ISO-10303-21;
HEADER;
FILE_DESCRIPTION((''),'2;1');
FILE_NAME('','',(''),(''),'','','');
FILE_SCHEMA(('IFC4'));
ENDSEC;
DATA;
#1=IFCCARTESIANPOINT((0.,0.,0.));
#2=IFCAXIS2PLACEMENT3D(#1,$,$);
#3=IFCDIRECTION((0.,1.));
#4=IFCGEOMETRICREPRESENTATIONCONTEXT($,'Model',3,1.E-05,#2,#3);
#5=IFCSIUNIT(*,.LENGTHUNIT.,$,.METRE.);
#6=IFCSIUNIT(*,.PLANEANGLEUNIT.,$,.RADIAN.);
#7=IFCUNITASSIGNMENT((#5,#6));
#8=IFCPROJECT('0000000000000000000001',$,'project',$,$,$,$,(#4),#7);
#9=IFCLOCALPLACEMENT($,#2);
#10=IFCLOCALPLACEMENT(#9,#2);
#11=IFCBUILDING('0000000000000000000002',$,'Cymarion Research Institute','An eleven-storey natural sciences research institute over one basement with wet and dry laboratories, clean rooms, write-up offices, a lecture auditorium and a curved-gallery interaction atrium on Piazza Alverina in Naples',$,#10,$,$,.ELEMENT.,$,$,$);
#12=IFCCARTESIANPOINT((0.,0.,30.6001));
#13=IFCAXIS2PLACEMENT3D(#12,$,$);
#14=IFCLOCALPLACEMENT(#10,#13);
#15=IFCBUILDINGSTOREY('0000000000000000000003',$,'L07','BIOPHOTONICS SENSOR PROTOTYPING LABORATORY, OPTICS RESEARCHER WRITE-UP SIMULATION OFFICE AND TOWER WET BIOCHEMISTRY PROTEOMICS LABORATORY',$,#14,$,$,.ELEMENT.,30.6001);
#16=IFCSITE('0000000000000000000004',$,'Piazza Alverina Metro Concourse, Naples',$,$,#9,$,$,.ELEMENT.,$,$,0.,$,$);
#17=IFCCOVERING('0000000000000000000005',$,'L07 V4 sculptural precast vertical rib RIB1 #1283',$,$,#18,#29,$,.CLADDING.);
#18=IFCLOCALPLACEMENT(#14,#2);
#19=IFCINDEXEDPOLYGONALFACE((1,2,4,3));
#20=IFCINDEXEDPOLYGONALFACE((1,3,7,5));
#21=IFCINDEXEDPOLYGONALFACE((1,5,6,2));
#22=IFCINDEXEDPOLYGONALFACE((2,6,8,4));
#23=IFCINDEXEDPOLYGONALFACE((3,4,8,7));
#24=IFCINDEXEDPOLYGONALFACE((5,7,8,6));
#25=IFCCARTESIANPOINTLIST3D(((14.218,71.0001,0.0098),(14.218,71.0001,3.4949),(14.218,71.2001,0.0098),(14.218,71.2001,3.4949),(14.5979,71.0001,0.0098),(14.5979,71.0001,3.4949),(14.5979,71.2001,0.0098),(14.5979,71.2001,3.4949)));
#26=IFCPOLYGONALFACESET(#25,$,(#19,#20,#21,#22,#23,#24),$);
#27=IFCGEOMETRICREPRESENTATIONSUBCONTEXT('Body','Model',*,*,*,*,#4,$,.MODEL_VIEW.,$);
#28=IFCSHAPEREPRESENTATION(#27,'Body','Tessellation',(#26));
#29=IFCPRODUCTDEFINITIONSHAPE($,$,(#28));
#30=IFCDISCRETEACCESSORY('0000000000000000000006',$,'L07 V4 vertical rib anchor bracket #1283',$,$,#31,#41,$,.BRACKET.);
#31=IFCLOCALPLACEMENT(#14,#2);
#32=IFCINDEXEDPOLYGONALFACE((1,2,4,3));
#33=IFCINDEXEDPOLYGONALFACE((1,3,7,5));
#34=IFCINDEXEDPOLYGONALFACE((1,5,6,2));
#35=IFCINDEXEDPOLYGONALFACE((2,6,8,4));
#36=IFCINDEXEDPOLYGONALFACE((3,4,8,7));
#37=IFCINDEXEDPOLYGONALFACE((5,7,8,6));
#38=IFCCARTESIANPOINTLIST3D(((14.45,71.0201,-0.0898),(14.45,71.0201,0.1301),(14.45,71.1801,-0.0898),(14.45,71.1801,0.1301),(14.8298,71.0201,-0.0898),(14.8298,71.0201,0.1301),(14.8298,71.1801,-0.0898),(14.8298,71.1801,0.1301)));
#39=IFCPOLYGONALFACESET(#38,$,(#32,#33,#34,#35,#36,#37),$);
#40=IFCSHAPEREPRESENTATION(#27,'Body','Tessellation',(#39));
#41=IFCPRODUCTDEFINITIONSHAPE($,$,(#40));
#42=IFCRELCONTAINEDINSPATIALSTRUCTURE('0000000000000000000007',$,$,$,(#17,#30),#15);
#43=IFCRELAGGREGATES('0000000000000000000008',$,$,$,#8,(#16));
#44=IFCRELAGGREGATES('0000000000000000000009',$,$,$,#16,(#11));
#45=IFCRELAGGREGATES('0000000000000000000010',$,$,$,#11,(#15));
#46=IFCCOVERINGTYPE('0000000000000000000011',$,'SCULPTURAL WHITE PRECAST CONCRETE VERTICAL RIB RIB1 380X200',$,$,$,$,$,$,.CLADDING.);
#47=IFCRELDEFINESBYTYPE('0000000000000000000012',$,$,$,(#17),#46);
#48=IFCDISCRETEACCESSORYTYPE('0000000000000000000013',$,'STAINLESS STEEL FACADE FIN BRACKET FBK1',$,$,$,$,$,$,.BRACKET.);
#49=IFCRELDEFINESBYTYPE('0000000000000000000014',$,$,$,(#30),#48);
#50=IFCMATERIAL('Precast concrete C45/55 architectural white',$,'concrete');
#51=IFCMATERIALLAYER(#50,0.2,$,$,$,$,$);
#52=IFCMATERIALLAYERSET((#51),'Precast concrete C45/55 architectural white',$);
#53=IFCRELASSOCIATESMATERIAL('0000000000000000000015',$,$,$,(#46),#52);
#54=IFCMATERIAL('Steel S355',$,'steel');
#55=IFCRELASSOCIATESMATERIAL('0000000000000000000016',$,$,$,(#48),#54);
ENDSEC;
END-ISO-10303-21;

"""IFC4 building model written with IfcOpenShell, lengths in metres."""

from ifc_helpers import new_model, si_unit, direction, frame, origin, origin_2d, place, context, subcontext, project, spatial, rectangle, extrude, material, layer, layer_set, type_object, element, save


model = new_model("IFC4")

# Units and contexts
model_context = context("Model", 3, precision=1e-05, world=origin(), true_north=direction((0.0, 1.0)))
body_context = subcontext(model_context, "Body", "Model", "MODEL_VIEW")
ifc_project = project(units=[si_unit("LENGTHUNIT", "METRE"), si_unit("PLANEANGLEUNIT", "RADIAN")], contexts=[model_context])

# Site, building, storey
site_placement = place(None, origin())
site = spatial("IfcSite", under=ifc_project, at=site_placement, Name="Piazza Alverina Metro Concourse, Naples", CompositionType="ELEMENT", RefElevation=0.0)
building_placement = place(site_placement, origin())
building = spatial("IfcBuilding", under=site, at=building_placement, Name="Cymarion Research Institute", Description="An eleven-storey natural sciences research institute over one basement with wet and dry laboratories, clean rooms, write-up offices, a lecture auditorium and a curved-gallery interaction atrium on Piazza Alverina in Naples", CompositionType="ELEMENT")
storey_placement = place(building_placement, frame((0.0, 0.0, 30.6001)))
storey = spatial("IfcBuildingStorey", under=building, at=storey_placement, Name="L07", Description="BIOPHOTONICS SENSOR PROTOTYPING LABORATORY, OPTICS RESEARCHER WRITE-UP SIMULATION OFFICE AND TOWER WET BIOCHEMISTRY PROTEOMICS LABORATORY", CompositionType="ELEMENT", Elevation=30.6001)

# Covering
ifc_material_1 = material(Name="Precast concrete C45/55 architectural white", Category="concrete")
ifc_layer_1 = layer(ifc_material_1, 0.2)
ifc_layer_set_1 = layer_set([ifc_layer_1], Name="Precast concrete C45/55 architectural white")
covering_type = type_object("IfcCoveringType", Name="SCULPTURAL WHITE PRECAST CONCRETE VERTICAL RIB RIB1 380X200", PredefinedType="CLADDING", material=ifc_layer_set_1)
covering_placement = place(storey_placement, frame((14.408, 71.1001, 0.0098), z_axis=(0.0, 0.0, 1.0), x_axis=(-1.0, 0.0, 0.0)))
element("IfcCovering", 1, at=covering_placement, inside=storey, type_object=covering_type, Name="L07 V4 sculptural precast vertical rib RIB1 #1283", PredefinedType="CLADDING", context=body_context, shape_type="SweptSolid", body=[
    extrude(rectangle(XDim=0.3799, YDim=0.2, at=origin_2d()), origin(), (0.0, 0.0, 1.0), 3.4851),
])

# Discrete accessory
ifc_material_2 = material(Name="Steel S355", Category="steel")
discrete_accessory_type = type_object("IfcDiscreteAccessoryType", Name="STAINLESS STEEL FACADE FIN BRACKET FBK1", PredefinedType="BRACKET", material=ifc_material_2)
discrete_accessory_placement = place(storey_placement, frame((14.6399, 71.1001, -0.0898), z_axis=(0.0, 0.0, 1.0), x_axis=(-1.0, 0.0, 0.0)))
element("IfcDiscreteAccessory", 2, at=discrete_accessory_placement, inside=storey, type_object=discrete_accessory_type, Name="L07 V4 vertical rib anchor bracket #1283", PredefinedType="BRACKET", context=body_context, shape_type="SweptSolid", body=[
    extrude(rectangle(XDim=0.3799, YDim=0.1599, at=origin_2d()), origin(), (0.0, 0.0, 1.0), 0.22),
])

save(model, "model.ifc")
